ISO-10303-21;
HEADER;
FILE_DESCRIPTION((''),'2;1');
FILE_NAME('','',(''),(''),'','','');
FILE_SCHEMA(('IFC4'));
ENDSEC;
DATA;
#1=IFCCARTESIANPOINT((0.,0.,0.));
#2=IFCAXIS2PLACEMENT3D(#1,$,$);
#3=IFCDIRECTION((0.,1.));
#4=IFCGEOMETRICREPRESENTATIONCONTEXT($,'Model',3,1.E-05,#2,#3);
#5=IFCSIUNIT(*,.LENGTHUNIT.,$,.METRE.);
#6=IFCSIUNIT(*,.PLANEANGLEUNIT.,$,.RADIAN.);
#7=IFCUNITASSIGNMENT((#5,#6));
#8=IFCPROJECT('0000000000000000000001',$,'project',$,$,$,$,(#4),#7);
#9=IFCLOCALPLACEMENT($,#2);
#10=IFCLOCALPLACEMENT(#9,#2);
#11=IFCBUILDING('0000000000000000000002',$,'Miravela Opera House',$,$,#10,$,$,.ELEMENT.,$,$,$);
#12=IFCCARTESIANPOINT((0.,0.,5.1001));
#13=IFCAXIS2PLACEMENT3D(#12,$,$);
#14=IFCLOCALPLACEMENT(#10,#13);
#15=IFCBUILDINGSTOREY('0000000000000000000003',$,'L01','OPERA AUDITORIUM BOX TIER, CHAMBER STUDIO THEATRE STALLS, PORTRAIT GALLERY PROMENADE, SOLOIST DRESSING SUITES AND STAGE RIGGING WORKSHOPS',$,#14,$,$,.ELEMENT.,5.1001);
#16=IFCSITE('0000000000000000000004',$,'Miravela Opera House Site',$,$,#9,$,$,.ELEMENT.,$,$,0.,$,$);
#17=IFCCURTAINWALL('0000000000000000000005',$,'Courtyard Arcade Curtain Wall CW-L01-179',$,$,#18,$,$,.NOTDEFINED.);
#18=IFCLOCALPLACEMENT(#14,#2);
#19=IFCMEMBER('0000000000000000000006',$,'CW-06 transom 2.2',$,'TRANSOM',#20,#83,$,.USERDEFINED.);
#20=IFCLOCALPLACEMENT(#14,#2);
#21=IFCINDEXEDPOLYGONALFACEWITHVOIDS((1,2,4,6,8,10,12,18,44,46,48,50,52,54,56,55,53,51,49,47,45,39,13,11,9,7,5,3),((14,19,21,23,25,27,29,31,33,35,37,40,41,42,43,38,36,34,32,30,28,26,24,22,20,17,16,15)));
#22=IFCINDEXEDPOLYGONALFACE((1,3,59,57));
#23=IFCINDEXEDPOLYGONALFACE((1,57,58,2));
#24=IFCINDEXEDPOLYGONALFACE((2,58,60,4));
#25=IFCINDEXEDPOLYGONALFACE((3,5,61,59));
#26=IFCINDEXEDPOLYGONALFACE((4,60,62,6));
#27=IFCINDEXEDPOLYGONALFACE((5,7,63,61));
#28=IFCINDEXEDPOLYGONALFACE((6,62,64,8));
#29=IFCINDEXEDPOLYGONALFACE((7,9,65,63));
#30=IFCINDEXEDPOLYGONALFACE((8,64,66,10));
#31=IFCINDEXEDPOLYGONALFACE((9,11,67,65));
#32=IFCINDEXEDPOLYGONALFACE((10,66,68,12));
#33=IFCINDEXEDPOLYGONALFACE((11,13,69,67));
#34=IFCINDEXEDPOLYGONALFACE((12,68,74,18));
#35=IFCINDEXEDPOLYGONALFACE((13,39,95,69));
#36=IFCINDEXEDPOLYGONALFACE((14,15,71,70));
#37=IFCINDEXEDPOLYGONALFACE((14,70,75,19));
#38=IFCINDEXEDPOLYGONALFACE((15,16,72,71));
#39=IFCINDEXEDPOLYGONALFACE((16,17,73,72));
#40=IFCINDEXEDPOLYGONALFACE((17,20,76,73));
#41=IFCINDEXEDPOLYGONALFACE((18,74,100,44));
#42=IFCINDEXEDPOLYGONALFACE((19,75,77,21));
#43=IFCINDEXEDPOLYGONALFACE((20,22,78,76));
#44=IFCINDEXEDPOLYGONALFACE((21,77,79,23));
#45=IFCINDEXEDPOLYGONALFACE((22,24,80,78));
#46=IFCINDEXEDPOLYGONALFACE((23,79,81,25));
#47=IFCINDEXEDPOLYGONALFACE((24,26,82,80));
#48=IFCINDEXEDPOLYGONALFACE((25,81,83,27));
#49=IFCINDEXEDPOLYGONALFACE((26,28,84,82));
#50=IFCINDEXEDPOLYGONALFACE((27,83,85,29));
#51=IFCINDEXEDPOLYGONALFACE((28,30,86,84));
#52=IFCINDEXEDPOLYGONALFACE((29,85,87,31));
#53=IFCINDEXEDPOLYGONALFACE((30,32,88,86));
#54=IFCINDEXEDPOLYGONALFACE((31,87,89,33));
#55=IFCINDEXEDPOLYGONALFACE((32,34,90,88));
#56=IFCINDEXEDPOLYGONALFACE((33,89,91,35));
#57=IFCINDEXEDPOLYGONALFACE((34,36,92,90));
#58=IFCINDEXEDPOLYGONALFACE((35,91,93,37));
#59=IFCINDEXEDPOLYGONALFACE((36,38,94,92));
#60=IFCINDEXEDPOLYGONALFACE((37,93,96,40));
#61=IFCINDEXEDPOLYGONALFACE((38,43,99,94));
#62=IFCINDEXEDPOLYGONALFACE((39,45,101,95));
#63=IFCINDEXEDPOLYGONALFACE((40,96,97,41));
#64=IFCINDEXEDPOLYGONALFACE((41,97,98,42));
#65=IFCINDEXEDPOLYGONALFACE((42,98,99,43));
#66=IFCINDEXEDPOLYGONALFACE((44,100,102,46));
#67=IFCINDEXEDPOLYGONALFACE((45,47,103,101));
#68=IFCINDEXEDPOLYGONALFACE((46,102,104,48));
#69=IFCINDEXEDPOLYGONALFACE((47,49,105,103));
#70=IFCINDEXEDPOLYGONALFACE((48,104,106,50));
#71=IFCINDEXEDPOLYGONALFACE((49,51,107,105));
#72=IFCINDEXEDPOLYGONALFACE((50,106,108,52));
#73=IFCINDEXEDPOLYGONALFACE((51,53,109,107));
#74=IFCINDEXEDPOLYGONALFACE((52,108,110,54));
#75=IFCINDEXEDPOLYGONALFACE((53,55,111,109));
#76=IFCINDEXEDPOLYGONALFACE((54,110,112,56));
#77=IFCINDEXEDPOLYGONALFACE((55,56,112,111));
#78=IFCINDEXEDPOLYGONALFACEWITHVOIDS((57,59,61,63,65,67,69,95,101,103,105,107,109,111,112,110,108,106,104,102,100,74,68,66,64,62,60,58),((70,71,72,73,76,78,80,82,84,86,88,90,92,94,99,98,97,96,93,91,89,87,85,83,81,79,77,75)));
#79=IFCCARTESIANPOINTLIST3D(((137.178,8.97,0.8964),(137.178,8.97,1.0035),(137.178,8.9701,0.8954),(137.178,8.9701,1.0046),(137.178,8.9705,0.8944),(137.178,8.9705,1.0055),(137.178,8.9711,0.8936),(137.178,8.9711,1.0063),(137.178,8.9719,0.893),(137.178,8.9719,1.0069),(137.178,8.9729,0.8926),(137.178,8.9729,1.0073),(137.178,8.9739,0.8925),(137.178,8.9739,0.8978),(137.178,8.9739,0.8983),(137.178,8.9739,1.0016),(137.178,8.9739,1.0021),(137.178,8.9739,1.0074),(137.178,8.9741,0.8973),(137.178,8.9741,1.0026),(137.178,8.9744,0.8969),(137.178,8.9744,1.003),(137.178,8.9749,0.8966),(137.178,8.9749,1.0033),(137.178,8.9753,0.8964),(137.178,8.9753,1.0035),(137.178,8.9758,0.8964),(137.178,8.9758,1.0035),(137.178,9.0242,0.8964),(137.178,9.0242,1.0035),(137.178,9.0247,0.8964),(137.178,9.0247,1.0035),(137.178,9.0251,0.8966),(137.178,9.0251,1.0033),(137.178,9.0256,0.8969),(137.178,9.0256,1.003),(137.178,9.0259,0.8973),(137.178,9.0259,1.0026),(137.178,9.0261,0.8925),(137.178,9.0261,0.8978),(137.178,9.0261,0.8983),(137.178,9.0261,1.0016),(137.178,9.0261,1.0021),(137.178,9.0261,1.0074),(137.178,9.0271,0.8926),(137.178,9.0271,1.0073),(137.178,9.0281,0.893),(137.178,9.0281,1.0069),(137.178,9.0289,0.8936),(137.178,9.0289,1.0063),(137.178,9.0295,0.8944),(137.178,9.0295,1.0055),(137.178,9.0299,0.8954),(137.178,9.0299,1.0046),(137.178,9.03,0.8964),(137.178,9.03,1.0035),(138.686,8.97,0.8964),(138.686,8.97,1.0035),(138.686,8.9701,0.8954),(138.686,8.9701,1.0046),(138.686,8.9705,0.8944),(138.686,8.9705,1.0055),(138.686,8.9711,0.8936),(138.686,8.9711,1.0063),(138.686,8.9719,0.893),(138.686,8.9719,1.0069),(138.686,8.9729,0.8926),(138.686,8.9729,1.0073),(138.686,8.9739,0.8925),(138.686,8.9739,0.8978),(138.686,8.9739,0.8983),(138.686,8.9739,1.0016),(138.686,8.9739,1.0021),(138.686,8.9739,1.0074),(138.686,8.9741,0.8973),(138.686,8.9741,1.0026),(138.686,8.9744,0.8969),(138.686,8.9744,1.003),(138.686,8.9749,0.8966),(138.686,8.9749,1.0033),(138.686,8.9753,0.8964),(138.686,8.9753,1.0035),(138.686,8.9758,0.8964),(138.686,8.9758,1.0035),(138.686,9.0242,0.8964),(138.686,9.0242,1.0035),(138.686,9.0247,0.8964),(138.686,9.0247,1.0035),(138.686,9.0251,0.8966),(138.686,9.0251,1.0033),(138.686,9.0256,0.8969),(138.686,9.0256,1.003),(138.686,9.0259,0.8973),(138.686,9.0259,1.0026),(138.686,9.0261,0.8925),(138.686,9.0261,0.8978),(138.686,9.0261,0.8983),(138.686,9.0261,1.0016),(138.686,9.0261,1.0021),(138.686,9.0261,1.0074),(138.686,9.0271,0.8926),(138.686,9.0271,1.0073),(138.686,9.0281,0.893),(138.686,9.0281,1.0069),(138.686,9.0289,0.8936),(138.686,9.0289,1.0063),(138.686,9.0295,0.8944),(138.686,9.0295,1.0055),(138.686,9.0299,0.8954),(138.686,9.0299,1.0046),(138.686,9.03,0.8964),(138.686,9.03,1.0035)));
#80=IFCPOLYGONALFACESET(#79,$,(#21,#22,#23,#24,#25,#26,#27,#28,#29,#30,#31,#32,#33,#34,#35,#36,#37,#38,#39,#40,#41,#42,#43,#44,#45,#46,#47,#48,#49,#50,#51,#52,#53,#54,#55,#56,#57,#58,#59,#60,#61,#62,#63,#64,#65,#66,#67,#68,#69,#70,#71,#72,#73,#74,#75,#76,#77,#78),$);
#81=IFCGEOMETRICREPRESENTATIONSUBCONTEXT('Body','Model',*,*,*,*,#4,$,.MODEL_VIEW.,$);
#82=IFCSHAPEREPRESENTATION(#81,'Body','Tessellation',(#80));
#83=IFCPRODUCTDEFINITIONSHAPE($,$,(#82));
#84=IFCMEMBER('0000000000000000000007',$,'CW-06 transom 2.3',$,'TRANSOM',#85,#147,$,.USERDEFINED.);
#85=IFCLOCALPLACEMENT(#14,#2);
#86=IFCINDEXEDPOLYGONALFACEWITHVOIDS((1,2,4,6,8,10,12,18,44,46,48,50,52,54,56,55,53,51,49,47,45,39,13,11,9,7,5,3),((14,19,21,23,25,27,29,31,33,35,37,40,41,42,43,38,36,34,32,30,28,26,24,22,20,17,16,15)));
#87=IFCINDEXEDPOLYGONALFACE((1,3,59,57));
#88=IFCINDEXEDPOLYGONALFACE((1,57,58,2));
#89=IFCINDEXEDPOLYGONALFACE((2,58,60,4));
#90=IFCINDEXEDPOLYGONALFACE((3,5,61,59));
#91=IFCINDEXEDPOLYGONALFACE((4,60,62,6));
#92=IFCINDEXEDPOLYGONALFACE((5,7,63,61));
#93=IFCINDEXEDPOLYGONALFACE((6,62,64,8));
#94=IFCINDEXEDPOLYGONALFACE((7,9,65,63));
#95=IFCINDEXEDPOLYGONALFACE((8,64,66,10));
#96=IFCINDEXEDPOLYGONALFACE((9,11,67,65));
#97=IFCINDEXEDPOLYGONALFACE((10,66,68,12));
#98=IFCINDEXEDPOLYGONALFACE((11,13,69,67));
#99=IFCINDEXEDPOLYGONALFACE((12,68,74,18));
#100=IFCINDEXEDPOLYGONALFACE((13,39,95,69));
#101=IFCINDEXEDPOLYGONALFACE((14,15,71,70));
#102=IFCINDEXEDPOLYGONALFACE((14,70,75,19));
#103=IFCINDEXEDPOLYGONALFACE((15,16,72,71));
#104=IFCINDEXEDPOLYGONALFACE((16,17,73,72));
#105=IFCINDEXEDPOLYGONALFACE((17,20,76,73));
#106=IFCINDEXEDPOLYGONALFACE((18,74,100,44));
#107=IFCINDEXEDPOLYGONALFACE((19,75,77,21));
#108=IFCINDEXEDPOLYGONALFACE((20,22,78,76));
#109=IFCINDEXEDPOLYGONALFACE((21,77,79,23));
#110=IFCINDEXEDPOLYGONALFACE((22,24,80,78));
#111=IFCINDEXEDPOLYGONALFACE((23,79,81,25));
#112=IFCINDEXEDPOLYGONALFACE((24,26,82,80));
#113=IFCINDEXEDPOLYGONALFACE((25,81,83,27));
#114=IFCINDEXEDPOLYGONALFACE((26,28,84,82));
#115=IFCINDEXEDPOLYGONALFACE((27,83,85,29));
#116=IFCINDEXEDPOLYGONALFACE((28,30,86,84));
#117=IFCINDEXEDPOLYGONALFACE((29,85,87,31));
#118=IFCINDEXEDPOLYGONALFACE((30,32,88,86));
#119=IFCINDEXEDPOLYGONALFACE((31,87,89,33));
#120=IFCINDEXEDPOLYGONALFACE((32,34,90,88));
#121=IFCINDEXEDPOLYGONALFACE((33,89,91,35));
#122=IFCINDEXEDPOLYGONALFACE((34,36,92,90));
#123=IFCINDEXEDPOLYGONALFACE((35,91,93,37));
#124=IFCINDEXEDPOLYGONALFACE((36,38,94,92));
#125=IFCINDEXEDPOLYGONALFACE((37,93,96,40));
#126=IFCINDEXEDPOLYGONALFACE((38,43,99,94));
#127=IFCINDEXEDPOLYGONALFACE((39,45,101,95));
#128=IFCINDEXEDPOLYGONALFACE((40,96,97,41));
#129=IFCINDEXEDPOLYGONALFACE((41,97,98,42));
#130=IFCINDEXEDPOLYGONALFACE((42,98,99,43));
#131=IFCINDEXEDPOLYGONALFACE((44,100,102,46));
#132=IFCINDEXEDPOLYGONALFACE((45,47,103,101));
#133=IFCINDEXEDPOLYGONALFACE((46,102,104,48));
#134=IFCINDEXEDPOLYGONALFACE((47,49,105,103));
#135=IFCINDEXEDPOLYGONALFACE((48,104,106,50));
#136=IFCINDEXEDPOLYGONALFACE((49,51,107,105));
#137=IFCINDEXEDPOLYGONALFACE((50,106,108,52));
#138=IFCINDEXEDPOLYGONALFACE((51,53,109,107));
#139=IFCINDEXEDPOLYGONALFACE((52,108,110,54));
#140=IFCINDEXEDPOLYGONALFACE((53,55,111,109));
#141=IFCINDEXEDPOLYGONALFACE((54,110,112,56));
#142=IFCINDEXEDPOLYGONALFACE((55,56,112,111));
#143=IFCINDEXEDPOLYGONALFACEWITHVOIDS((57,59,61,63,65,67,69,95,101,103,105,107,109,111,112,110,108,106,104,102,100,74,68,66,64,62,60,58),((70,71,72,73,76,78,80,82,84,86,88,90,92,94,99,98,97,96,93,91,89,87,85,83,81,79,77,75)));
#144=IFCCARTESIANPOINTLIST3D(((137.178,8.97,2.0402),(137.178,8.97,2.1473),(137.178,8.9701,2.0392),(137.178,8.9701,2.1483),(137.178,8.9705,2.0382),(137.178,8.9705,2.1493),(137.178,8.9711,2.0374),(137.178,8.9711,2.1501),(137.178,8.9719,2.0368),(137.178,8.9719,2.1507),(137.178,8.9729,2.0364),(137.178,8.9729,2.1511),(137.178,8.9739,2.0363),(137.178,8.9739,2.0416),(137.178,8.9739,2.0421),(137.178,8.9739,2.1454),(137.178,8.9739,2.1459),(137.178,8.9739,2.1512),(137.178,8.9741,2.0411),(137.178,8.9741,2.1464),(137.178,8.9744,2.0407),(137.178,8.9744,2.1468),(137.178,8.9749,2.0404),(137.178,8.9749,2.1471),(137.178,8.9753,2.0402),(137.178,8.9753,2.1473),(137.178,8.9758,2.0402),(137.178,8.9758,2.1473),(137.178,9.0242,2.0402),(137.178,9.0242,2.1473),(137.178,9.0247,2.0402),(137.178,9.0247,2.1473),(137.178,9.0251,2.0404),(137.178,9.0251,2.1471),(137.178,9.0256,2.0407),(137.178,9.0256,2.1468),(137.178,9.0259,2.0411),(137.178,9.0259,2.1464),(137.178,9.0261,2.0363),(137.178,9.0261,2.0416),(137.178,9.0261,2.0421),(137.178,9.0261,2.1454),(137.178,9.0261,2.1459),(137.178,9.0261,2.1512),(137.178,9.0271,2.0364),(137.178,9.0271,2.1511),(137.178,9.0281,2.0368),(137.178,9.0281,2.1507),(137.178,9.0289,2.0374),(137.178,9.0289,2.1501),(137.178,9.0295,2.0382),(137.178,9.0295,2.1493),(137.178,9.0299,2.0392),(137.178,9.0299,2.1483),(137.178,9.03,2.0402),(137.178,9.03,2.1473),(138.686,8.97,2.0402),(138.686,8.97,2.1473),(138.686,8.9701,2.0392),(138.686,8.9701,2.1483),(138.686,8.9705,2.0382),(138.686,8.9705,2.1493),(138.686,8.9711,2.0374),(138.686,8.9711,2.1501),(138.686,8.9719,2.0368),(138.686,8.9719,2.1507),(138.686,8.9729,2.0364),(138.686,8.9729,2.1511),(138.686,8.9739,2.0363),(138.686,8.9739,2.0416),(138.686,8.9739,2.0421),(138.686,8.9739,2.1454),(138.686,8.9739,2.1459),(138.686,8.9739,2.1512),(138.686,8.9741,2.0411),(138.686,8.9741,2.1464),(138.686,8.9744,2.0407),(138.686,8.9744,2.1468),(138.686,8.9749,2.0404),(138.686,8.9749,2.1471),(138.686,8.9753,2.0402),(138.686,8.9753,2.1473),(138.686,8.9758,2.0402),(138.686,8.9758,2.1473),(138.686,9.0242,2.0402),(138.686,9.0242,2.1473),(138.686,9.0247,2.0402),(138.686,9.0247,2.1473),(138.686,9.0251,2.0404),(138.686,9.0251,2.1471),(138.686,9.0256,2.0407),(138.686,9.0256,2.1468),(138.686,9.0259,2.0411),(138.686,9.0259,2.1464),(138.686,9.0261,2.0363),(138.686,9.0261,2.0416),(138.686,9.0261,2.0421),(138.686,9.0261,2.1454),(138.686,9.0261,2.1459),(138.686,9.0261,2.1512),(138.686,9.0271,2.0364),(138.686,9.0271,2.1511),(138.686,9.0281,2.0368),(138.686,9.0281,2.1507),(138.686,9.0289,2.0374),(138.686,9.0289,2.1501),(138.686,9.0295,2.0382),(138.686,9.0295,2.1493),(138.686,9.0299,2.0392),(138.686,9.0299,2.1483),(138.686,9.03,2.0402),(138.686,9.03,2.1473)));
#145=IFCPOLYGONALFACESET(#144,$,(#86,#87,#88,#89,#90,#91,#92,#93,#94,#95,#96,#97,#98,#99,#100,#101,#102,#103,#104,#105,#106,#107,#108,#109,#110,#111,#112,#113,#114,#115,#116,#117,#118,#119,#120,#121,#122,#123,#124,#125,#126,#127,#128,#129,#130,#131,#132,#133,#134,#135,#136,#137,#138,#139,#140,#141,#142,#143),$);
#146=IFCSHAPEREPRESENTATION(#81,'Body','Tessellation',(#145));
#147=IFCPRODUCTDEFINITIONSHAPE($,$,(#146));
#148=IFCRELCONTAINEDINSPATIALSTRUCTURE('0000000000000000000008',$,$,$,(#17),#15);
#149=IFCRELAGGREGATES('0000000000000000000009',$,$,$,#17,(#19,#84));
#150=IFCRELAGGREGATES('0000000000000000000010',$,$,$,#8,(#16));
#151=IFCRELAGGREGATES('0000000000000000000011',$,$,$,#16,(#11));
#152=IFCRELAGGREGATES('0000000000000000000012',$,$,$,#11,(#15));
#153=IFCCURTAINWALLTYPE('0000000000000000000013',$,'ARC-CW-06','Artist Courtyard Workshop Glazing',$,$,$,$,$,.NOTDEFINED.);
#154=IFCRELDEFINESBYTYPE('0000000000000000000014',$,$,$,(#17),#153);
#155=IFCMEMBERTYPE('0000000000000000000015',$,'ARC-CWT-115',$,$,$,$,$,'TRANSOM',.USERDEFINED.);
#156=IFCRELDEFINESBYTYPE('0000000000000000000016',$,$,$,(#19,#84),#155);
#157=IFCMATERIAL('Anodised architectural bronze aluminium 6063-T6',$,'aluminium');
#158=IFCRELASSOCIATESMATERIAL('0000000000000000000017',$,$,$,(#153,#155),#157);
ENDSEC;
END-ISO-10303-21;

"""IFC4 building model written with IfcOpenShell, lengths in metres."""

from ifc_helpers import new_model, si_unit, direction, frame, origin, origin_2d, place, context, subcontext, project, spatial, hollow_rectangle, extrude, material, material_profile, profile_set, type_object, element, aggregate, save


model = new_model("IFC4")

# Units and contexts
model_context = context("Model", 3, precision=1e-05, world=origin(), true_north=direction((0.0, 1.0)))
body_context = subcontext(model_context, "Body", "Model", "MODEL_VIEW")
ifc_project = project(units=[si_unit("LENGTHUNIT", "METRE"), si_unit("PLANEANGLEUNIT", "RADIAN")], contexts=[model_context])

# Site, building, storey
site_placement = place(None, origin())
site = spatial("IfcSite", under=ifc_project, at=site_placement, Name="Miravela Opera House Site", CompositionType="ELEMENT", RefElevation=0.0)
building_placement = place(site_placement, origin())
building = spatial("IfcBuilding", under=site, at=building_placement, Name="Miravela Opera House", CompositionType="ELEMENT")
storey_placement = place(building_placement, frame((0.0, 0.0, 5.1001)))
storey = spatial("IfcBuildingStorey", under=building, at=storey_placement, Name="L01", Description="OPERA AUDITORIUM BOX TIER, CHAMBER STUDIO THEATRE STALLS, PORTRAIT GALLERY PROMENADE, SOLOIST DRESSING SUITES AND STAGE RIGGING WORKSHOPS", CompositionType="ELEMENT", Elevation=5.1001)

# Curtain wall, members
ifc_material_1 = material(Name="Anodised architectural bronze aluminium 6063-T6", Category="aluminium")
curtain_wall_type = type_object("IfcCurtainWallType", Name="ARC-CW-06", Description="Artist Courtyard Workshop Glazing", PredefinedType="NOTDEFINED", material=ifc_material_1)
curtain_wall_placement = place(storey_placement, origin())
curtain_wall = element("IfcCurtainWall", 1, at=curtain_wall_placement, inside=storey, type_object=curtain_wall_type, Name="Courtyard Arcade Curtain Wall CW-L01-179", PredefinedType="NOTDEFINED")
ifc_material_profile_1 = material_profile(ifc_material_1, hollow_rectangle(XDim=0.0601, YDim=0.115, WallThickness=0.0039, InnerFilletRadius=0.002, OuterFilletRadius=0.0039, at=origin_2d()), Name="CWT-60X115")
ifc_profile_set_1 = profile_set([ifc_material_profile_1])
member_type_1 = type_object("IfcMemberType", Name="ARC-CWT-115", ElementType="TRANSOM", PredefinedType="USERDEFINED", material=ifc_profile_set_1)
member_1_placement = place(storey_placement, frame((137.178, 9.0, 0.95), z_axis=(1.0, 0.0, 0.0), x_axis=(0.0, 1.0, 0.0)))
member_1 = element("IfcMember", 2, at=member_1_placement, type_object=member_type_1, Name="CW-06 transom 2.2", ObjectType="TRANSOM", PredefinedType="USERDEFINED", context=body_context, shape_type="SweptSolid", body=[
    extrude(hollow_rectangle(XDim=0.0601, YDim=0.115, WallThickness=0.0039, InnerFilletRadius=0.002, OuterFilletRadius=0.0039, at=origin_2d()), origin(), (0.0, 0.0, 1.0), 1.5081),
])
member_2_placement = place(storey_placement, frame((137.178, 9.0, 2.0938), z_axis=(1.0, 0.0, 0.0), x_axis=(0.0, 1.0, 0.0)))
member_2 = element("IfcMember", 3, at=member_2_placement, type_object=member_type_1, Name="CW-06 transom 2.3", ObjectType="TRANSOM", PredefinedType="USERDEFINED", context=body_context, shape_type="SweptSolid", body=[
    extrude(hollow_rectangle(XDim=0.0601, YDim=0.115, WallThickness=0.0039, InnerFilletRadius=0.002, OuterFilletRadius=0.0039, at=origin_2d()), origin(), (0.0, 0.0, 1.0), 1.5081),
])
aggregate(curtain_wall, [member_1, member_2])

save(model, "model.ifc")
